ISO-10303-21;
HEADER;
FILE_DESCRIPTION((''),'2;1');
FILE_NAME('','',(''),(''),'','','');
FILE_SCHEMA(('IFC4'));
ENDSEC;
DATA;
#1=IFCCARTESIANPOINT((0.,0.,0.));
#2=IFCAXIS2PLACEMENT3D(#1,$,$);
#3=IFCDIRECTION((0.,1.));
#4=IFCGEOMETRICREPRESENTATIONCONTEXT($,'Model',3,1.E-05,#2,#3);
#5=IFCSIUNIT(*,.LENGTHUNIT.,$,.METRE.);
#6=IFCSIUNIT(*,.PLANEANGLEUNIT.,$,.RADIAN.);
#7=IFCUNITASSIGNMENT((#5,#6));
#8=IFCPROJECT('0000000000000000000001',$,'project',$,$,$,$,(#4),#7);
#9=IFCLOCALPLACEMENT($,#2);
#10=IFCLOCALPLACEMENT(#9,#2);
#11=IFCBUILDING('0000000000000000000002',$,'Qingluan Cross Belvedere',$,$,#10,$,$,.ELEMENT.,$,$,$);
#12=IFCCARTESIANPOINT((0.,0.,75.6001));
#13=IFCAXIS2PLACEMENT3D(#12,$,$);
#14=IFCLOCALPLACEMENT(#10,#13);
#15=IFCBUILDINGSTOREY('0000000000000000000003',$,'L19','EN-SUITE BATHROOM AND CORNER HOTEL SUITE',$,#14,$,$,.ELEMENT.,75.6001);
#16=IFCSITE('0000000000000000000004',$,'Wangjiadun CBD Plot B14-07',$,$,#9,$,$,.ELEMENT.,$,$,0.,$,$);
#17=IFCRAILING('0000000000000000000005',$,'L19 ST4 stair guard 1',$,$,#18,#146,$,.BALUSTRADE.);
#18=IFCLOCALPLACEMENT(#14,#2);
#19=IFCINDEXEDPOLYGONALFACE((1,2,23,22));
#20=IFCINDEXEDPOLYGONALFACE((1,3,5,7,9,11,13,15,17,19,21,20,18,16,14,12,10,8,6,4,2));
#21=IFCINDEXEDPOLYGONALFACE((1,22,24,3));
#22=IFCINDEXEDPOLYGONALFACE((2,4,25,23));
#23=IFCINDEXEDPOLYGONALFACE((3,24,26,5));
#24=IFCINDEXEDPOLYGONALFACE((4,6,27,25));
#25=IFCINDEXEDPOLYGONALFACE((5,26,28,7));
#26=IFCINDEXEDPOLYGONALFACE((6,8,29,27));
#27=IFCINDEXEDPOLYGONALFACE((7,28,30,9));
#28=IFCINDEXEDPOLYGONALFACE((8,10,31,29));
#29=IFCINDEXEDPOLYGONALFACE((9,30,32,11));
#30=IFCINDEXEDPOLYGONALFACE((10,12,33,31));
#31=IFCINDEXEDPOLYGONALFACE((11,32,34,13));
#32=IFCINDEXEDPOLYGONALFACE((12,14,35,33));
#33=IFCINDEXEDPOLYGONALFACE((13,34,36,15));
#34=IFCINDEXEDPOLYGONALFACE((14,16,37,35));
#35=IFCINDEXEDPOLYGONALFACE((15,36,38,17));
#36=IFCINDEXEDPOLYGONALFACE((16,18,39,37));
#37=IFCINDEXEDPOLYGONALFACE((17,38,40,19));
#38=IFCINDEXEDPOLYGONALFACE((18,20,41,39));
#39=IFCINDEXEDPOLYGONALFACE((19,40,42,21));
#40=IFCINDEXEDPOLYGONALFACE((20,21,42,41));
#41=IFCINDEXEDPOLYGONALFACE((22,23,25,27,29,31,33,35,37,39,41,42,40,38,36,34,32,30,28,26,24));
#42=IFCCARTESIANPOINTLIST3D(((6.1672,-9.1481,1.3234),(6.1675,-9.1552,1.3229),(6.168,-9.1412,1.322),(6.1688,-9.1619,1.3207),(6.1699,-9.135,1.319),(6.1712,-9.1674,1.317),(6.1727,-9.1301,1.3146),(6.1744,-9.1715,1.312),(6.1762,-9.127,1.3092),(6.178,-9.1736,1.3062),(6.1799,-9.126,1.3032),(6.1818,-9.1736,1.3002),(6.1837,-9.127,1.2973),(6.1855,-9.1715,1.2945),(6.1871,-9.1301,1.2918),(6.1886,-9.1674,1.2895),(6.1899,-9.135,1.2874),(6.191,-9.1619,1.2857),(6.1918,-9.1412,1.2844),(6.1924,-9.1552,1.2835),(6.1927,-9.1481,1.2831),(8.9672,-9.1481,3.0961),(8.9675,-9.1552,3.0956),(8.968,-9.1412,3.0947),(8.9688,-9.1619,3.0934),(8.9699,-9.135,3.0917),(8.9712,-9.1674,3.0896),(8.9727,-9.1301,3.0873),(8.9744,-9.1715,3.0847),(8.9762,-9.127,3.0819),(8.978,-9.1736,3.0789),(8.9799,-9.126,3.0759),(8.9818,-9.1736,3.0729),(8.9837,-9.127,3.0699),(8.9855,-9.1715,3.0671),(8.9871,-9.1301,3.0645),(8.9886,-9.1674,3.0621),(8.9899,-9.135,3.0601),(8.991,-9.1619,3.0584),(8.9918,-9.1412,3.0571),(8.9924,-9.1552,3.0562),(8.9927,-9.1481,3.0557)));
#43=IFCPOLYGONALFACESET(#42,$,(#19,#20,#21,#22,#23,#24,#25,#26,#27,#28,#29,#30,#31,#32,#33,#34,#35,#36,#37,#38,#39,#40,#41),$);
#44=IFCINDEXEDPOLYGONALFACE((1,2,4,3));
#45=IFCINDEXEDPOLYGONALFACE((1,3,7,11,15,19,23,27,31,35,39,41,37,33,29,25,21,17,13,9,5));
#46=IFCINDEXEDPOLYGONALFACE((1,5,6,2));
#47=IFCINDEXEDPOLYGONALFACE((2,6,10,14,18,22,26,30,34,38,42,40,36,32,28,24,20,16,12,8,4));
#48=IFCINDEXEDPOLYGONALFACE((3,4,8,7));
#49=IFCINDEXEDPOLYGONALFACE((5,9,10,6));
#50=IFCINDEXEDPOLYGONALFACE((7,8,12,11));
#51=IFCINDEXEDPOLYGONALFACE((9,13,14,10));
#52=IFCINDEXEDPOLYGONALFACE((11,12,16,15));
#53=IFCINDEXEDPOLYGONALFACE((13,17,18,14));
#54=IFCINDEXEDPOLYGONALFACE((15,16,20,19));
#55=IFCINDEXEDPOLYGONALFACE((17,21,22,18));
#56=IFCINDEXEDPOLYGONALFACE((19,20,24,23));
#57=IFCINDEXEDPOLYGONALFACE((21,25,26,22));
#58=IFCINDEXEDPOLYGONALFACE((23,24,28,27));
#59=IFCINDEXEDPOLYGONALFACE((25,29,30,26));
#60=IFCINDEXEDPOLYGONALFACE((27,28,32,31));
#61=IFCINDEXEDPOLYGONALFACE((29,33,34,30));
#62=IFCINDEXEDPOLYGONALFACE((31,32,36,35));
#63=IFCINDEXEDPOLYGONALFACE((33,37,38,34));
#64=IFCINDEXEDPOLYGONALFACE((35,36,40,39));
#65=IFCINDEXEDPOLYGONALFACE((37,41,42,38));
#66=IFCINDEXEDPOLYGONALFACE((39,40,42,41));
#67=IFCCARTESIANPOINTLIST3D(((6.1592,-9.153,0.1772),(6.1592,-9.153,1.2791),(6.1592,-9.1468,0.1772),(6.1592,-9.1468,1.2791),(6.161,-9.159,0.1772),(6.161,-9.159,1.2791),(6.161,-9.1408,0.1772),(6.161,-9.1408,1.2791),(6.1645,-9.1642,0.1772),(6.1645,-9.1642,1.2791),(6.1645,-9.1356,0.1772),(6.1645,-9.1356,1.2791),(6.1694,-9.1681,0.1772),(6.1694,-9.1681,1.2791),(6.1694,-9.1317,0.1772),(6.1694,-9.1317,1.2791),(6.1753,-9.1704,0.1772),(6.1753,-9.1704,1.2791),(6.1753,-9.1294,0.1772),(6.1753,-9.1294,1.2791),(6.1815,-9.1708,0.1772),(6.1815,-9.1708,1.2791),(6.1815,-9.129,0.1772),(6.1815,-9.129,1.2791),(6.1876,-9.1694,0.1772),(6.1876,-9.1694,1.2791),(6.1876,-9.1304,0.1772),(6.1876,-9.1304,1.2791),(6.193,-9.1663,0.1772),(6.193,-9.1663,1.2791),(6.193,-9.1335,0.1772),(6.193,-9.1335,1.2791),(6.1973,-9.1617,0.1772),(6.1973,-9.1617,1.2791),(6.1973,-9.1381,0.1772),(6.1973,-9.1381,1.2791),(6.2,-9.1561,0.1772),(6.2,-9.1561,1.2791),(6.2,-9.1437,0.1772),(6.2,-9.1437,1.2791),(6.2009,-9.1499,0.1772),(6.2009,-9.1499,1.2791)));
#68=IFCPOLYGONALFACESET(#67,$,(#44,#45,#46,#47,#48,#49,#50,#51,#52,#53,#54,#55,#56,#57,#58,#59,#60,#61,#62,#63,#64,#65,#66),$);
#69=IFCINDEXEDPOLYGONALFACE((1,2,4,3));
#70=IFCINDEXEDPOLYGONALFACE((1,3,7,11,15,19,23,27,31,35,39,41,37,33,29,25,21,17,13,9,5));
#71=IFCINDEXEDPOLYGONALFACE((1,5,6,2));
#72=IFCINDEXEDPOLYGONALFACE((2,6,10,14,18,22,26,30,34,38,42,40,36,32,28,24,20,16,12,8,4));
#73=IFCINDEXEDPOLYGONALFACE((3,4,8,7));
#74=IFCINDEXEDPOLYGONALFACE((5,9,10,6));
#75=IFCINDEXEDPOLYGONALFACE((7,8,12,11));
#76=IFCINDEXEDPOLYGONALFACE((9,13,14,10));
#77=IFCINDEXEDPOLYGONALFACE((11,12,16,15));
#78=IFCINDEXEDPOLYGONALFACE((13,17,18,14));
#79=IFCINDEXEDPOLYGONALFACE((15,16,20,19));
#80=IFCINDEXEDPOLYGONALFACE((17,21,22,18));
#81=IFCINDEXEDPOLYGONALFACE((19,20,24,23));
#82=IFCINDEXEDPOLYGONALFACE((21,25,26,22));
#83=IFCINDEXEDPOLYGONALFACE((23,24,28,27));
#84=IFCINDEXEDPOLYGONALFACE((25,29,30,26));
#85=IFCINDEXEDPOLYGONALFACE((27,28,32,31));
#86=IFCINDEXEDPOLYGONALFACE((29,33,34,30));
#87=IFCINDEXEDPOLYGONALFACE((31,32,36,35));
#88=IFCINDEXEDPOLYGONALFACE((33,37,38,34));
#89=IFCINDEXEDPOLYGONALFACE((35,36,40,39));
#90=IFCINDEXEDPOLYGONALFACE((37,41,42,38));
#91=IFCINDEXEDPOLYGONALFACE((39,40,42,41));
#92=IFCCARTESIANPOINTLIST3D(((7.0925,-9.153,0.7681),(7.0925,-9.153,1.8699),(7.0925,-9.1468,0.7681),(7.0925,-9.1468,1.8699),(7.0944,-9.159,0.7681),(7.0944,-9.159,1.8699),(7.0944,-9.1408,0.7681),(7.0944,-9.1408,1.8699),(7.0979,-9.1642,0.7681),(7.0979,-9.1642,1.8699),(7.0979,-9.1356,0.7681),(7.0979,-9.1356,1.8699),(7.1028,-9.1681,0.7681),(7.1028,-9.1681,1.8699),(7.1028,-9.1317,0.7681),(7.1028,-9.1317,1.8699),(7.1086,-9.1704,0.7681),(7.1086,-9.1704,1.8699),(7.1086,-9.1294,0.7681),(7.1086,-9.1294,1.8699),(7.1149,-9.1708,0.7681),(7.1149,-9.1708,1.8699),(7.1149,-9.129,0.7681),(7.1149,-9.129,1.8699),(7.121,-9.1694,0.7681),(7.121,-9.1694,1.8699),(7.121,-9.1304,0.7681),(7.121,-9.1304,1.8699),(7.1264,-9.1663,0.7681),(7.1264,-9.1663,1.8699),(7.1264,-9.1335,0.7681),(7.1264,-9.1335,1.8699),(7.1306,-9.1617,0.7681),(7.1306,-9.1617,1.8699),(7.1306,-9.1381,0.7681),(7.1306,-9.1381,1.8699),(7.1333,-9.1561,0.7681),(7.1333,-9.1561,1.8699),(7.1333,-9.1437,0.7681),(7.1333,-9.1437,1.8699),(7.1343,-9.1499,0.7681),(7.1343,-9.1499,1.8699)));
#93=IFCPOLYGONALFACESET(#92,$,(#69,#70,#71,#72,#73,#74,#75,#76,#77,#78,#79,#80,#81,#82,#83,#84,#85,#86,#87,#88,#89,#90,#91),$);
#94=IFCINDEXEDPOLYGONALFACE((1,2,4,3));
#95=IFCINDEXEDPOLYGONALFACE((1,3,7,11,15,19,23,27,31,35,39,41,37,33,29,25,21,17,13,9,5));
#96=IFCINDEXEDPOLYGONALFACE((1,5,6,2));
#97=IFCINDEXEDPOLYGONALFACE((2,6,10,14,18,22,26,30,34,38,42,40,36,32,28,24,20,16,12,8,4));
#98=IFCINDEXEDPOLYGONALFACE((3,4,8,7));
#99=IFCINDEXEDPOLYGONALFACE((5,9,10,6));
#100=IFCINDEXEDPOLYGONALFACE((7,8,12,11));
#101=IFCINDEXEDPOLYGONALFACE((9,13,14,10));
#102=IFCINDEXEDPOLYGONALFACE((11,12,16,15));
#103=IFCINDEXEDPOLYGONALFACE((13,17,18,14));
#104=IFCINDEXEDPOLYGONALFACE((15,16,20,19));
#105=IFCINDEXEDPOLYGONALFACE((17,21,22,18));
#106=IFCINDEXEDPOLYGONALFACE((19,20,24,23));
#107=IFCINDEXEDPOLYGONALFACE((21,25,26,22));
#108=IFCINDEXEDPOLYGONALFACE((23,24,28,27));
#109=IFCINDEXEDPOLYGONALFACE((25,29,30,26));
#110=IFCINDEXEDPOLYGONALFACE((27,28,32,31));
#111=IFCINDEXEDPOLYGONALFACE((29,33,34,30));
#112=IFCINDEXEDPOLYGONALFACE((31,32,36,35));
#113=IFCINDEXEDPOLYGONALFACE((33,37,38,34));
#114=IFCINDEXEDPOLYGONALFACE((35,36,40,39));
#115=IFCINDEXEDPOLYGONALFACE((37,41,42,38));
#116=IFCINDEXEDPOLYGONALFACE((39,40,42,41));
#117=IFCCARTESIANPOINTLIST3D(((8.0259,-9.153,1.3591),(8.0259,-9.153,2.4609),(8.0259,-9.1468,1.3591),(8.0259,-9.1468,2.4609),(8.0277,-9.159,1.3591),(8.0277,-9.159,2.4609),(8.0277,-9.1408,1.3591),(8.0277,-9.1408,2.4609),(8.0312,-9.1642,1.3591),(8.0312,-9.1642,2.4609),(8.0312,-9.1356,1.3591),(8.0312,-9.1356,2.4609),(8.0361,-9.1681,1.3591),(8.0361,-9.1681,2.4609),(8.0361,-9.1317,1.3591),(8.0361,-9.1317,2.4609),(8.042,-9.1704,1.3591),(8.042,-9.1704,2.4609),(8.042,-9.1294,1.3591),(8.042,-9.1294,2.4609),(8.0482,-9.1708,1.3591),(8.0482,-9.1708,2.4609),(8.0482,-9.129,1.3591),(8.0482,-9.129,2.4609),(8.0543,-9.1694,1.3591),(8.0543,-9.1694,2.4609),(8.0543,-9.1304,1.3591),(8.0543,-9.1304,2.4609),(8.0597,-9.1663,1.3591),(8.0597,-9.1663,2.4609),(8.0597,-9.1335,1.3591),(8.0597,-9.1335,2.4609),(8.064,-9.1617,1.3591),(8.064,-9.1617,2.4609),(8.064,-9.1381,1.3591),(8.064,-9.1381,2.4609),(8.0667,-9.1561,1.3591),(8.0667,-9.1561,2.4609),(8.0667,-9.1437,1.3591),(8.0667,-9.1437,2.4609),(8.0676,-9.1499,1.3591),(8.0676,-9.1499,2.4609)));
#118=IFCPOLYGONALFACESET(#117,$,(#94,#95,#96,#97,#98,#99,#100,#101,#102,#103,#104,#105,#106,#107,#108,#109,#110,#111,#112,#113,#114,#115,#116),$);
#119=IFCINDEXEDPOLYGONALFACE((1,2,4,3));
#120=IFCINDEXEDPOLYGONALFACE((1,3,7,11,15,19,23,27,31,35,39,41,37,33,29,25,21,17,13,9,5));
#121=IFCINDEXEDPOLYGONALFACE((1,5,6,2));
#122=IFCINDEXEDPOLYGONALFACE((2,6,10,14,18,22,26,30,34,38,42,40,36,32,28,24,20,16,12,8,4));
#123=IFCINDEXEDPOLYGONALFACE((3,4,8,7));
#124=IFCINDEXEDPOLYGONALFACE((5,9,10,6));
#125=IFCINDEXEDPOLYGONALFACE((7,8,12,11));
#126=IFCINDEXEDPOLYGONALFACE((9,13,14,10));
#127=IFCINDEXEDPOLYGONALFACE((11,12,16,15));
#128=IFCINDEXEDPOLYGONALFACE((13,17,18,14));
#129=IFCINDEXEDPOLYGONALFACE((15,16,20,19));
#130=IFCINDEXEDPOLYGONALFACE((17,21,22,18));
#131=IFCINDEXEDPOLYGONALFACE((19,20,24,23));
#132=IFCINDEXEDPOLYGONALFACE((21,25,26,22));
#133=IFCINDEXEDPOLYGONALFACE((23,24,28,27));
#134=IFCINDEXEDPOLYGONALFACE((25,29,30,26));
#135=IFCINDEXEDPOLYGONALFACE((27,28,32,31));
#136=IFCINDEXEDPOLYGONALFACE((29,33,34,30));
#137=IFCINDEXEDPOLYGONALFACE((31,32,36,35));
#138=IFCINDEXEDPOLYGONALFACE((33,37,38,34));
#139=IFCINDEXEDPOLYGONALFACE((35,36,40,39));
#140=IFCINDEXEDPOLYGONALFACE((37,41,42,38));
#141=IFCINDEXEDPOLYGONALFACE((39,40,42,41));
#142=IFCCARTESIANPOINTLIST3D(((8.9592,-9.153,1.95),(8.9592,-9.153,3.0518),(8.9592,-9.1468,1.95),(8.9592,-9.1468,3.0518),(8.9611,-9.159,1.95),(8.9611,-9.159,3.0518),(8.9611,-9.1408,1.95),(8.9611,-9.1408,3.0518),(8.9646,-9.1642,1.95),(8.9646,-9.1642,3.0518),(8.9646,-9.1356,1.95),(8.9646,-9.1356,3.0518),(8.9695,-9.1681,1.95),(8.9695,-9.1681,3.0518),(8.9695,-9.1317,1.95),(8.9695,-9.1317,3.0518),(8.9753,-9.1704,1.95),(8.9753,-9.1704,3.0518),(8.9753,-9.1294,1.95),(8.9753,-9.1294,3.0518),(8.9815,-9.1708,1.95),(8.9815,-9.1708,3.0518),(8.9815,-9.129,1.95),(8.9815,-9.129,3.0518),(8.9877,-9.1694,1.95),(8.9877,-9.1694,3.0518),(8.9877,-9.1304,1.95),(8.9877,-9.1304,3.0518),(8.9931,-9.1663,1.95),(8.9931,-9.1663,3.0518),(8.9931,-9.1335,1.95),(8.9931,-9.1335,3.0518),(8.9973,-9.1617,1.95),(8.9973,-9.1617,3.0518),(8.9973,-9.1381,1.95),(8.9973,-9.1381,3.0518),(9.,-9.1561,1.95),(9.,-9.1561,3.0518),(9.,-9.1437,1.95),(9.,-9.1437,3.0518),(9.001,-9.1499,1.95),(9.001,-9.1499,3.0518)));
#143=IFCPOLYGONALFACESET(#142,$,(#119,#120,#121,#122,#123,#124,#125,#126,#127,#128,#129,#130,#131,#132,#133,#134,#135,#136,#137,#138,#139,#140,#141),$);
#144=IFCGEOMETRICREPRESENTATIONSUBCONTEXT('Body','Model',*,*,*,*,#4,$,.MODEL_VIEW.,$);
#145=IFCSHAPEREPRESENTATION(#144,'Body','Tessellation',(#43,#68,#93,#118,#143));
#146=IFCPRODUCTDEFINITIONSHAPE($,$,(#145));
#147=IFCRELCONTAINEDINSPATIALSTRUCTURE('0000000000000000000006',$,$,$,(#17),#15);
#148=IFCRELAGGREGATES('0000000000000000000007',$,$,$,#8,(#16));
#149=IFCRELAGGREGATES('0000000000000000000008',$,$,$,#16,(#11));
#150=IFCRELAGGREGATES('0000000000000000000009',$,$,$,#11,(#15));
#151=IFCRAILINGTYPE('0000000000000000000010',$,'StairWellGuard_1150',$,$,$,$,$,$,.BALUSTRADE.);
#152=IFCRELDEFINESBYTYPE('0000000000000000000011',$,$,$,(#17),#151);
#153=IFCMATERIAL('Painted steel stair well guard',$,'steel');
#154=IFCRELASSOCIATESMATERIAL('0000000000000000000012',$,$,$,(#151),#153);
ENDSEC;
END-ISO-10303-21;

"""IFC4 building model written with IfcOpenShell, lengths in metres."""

from ifc_helpers import new_model, si_unit, direction, frame, origin, origin_2d, place, context, subcontext, project, spatial, circle, extrude, material, type_object, element, save


model = new_model("IFC4")

# Units and contexts
model_context = context("Model", 3, precision=1e-05, world=origin(), true_north=direction((0.0, 1.0)))
body_context = subcontext(model_context, "Body", "Model", "MODEL_VIEW")
ifc_project = project(units=[si_unit("LENGTHUNIT", "METRE"), si_unit("PLANEANGLEUNIT", "RADIAN")], contexts=[model_context])

# Site, building, storey
site_placement = place(None, origin())
site = spatial("IfcSite", under=ifc_project, at=site_placement, Name="Wangjiadun CBD Plot B14-07", CompositionType="ELEMENT", RefElevation=0.0)
building_placement = place(site_placement, origin())
building = spatial("IfcBuilding", under=site, at=building_placement, Name="Qingluan Cross Belvedere", CompositionType="ELEMENT")
storey_placement = place(building_placement, frame((0.0, 0.0, 75.6001)))
storey = spatial("IfcBuildingStorey", under=building, at=storey_placement, Name="L19", Description="EN-SUITE BATHROOM AND CORNER HOTEL SUITE", CompositionType="ELEMENT", Elevation=75.6001)

# Railing
ifc_material_1 = material(Name="Painted steel stair well guard", Category="steel")
railing_type_1 = type_object("IfcRailingType", Name="StairWellGuard_1150", PredefinedType="BALUSTRADE", material=ifc_material_1)
railing_1_placement = place(storey_placement, frame((6.1799, -9.1499, 0.1772)))
element("IfcRailing", 1, at=railing_1_placement, inside=storey, type_object=railing_type_1, Name="L19 ST4 stair guard 1", PredefinedType="BALUSTRADE", context=body_context, shape_type="SweptSolid", body=[
    extrude(circle(Radius=0.0239, at=origin_2d()), frame((0.0, 0.0, 1.126), z_axis=(0.844909, 0.0, 0.53491), x_axis=(0.0, 1.0, 0.0)), (0.0, 0.0, 1.0), 3.314),
    extrude(circle(Radius=0.021, at=origin_2d()), origin(), (0.0, 0.0, 1.0), 1.1018),
    extrude(circle(Radius=0.021, at=origin_2d()), frame((0.9333, 0.0, 0.5908)), (0.0, 0.0, 1.0), 1.1018),
    extrude(circle(Radius=0.021, at=origin_2d()), frame((1.8667, 0.0, 1.1819)), (0.0, 0.0, 1.0), 1.1018),
    extrude(circle(Radius=0.021, at=origin_2d()), frame((2.8, 0.0, 1.7727)), (0.0, 0.0, 1.0), 1.1018),
])

save(model, "model.ifc")
